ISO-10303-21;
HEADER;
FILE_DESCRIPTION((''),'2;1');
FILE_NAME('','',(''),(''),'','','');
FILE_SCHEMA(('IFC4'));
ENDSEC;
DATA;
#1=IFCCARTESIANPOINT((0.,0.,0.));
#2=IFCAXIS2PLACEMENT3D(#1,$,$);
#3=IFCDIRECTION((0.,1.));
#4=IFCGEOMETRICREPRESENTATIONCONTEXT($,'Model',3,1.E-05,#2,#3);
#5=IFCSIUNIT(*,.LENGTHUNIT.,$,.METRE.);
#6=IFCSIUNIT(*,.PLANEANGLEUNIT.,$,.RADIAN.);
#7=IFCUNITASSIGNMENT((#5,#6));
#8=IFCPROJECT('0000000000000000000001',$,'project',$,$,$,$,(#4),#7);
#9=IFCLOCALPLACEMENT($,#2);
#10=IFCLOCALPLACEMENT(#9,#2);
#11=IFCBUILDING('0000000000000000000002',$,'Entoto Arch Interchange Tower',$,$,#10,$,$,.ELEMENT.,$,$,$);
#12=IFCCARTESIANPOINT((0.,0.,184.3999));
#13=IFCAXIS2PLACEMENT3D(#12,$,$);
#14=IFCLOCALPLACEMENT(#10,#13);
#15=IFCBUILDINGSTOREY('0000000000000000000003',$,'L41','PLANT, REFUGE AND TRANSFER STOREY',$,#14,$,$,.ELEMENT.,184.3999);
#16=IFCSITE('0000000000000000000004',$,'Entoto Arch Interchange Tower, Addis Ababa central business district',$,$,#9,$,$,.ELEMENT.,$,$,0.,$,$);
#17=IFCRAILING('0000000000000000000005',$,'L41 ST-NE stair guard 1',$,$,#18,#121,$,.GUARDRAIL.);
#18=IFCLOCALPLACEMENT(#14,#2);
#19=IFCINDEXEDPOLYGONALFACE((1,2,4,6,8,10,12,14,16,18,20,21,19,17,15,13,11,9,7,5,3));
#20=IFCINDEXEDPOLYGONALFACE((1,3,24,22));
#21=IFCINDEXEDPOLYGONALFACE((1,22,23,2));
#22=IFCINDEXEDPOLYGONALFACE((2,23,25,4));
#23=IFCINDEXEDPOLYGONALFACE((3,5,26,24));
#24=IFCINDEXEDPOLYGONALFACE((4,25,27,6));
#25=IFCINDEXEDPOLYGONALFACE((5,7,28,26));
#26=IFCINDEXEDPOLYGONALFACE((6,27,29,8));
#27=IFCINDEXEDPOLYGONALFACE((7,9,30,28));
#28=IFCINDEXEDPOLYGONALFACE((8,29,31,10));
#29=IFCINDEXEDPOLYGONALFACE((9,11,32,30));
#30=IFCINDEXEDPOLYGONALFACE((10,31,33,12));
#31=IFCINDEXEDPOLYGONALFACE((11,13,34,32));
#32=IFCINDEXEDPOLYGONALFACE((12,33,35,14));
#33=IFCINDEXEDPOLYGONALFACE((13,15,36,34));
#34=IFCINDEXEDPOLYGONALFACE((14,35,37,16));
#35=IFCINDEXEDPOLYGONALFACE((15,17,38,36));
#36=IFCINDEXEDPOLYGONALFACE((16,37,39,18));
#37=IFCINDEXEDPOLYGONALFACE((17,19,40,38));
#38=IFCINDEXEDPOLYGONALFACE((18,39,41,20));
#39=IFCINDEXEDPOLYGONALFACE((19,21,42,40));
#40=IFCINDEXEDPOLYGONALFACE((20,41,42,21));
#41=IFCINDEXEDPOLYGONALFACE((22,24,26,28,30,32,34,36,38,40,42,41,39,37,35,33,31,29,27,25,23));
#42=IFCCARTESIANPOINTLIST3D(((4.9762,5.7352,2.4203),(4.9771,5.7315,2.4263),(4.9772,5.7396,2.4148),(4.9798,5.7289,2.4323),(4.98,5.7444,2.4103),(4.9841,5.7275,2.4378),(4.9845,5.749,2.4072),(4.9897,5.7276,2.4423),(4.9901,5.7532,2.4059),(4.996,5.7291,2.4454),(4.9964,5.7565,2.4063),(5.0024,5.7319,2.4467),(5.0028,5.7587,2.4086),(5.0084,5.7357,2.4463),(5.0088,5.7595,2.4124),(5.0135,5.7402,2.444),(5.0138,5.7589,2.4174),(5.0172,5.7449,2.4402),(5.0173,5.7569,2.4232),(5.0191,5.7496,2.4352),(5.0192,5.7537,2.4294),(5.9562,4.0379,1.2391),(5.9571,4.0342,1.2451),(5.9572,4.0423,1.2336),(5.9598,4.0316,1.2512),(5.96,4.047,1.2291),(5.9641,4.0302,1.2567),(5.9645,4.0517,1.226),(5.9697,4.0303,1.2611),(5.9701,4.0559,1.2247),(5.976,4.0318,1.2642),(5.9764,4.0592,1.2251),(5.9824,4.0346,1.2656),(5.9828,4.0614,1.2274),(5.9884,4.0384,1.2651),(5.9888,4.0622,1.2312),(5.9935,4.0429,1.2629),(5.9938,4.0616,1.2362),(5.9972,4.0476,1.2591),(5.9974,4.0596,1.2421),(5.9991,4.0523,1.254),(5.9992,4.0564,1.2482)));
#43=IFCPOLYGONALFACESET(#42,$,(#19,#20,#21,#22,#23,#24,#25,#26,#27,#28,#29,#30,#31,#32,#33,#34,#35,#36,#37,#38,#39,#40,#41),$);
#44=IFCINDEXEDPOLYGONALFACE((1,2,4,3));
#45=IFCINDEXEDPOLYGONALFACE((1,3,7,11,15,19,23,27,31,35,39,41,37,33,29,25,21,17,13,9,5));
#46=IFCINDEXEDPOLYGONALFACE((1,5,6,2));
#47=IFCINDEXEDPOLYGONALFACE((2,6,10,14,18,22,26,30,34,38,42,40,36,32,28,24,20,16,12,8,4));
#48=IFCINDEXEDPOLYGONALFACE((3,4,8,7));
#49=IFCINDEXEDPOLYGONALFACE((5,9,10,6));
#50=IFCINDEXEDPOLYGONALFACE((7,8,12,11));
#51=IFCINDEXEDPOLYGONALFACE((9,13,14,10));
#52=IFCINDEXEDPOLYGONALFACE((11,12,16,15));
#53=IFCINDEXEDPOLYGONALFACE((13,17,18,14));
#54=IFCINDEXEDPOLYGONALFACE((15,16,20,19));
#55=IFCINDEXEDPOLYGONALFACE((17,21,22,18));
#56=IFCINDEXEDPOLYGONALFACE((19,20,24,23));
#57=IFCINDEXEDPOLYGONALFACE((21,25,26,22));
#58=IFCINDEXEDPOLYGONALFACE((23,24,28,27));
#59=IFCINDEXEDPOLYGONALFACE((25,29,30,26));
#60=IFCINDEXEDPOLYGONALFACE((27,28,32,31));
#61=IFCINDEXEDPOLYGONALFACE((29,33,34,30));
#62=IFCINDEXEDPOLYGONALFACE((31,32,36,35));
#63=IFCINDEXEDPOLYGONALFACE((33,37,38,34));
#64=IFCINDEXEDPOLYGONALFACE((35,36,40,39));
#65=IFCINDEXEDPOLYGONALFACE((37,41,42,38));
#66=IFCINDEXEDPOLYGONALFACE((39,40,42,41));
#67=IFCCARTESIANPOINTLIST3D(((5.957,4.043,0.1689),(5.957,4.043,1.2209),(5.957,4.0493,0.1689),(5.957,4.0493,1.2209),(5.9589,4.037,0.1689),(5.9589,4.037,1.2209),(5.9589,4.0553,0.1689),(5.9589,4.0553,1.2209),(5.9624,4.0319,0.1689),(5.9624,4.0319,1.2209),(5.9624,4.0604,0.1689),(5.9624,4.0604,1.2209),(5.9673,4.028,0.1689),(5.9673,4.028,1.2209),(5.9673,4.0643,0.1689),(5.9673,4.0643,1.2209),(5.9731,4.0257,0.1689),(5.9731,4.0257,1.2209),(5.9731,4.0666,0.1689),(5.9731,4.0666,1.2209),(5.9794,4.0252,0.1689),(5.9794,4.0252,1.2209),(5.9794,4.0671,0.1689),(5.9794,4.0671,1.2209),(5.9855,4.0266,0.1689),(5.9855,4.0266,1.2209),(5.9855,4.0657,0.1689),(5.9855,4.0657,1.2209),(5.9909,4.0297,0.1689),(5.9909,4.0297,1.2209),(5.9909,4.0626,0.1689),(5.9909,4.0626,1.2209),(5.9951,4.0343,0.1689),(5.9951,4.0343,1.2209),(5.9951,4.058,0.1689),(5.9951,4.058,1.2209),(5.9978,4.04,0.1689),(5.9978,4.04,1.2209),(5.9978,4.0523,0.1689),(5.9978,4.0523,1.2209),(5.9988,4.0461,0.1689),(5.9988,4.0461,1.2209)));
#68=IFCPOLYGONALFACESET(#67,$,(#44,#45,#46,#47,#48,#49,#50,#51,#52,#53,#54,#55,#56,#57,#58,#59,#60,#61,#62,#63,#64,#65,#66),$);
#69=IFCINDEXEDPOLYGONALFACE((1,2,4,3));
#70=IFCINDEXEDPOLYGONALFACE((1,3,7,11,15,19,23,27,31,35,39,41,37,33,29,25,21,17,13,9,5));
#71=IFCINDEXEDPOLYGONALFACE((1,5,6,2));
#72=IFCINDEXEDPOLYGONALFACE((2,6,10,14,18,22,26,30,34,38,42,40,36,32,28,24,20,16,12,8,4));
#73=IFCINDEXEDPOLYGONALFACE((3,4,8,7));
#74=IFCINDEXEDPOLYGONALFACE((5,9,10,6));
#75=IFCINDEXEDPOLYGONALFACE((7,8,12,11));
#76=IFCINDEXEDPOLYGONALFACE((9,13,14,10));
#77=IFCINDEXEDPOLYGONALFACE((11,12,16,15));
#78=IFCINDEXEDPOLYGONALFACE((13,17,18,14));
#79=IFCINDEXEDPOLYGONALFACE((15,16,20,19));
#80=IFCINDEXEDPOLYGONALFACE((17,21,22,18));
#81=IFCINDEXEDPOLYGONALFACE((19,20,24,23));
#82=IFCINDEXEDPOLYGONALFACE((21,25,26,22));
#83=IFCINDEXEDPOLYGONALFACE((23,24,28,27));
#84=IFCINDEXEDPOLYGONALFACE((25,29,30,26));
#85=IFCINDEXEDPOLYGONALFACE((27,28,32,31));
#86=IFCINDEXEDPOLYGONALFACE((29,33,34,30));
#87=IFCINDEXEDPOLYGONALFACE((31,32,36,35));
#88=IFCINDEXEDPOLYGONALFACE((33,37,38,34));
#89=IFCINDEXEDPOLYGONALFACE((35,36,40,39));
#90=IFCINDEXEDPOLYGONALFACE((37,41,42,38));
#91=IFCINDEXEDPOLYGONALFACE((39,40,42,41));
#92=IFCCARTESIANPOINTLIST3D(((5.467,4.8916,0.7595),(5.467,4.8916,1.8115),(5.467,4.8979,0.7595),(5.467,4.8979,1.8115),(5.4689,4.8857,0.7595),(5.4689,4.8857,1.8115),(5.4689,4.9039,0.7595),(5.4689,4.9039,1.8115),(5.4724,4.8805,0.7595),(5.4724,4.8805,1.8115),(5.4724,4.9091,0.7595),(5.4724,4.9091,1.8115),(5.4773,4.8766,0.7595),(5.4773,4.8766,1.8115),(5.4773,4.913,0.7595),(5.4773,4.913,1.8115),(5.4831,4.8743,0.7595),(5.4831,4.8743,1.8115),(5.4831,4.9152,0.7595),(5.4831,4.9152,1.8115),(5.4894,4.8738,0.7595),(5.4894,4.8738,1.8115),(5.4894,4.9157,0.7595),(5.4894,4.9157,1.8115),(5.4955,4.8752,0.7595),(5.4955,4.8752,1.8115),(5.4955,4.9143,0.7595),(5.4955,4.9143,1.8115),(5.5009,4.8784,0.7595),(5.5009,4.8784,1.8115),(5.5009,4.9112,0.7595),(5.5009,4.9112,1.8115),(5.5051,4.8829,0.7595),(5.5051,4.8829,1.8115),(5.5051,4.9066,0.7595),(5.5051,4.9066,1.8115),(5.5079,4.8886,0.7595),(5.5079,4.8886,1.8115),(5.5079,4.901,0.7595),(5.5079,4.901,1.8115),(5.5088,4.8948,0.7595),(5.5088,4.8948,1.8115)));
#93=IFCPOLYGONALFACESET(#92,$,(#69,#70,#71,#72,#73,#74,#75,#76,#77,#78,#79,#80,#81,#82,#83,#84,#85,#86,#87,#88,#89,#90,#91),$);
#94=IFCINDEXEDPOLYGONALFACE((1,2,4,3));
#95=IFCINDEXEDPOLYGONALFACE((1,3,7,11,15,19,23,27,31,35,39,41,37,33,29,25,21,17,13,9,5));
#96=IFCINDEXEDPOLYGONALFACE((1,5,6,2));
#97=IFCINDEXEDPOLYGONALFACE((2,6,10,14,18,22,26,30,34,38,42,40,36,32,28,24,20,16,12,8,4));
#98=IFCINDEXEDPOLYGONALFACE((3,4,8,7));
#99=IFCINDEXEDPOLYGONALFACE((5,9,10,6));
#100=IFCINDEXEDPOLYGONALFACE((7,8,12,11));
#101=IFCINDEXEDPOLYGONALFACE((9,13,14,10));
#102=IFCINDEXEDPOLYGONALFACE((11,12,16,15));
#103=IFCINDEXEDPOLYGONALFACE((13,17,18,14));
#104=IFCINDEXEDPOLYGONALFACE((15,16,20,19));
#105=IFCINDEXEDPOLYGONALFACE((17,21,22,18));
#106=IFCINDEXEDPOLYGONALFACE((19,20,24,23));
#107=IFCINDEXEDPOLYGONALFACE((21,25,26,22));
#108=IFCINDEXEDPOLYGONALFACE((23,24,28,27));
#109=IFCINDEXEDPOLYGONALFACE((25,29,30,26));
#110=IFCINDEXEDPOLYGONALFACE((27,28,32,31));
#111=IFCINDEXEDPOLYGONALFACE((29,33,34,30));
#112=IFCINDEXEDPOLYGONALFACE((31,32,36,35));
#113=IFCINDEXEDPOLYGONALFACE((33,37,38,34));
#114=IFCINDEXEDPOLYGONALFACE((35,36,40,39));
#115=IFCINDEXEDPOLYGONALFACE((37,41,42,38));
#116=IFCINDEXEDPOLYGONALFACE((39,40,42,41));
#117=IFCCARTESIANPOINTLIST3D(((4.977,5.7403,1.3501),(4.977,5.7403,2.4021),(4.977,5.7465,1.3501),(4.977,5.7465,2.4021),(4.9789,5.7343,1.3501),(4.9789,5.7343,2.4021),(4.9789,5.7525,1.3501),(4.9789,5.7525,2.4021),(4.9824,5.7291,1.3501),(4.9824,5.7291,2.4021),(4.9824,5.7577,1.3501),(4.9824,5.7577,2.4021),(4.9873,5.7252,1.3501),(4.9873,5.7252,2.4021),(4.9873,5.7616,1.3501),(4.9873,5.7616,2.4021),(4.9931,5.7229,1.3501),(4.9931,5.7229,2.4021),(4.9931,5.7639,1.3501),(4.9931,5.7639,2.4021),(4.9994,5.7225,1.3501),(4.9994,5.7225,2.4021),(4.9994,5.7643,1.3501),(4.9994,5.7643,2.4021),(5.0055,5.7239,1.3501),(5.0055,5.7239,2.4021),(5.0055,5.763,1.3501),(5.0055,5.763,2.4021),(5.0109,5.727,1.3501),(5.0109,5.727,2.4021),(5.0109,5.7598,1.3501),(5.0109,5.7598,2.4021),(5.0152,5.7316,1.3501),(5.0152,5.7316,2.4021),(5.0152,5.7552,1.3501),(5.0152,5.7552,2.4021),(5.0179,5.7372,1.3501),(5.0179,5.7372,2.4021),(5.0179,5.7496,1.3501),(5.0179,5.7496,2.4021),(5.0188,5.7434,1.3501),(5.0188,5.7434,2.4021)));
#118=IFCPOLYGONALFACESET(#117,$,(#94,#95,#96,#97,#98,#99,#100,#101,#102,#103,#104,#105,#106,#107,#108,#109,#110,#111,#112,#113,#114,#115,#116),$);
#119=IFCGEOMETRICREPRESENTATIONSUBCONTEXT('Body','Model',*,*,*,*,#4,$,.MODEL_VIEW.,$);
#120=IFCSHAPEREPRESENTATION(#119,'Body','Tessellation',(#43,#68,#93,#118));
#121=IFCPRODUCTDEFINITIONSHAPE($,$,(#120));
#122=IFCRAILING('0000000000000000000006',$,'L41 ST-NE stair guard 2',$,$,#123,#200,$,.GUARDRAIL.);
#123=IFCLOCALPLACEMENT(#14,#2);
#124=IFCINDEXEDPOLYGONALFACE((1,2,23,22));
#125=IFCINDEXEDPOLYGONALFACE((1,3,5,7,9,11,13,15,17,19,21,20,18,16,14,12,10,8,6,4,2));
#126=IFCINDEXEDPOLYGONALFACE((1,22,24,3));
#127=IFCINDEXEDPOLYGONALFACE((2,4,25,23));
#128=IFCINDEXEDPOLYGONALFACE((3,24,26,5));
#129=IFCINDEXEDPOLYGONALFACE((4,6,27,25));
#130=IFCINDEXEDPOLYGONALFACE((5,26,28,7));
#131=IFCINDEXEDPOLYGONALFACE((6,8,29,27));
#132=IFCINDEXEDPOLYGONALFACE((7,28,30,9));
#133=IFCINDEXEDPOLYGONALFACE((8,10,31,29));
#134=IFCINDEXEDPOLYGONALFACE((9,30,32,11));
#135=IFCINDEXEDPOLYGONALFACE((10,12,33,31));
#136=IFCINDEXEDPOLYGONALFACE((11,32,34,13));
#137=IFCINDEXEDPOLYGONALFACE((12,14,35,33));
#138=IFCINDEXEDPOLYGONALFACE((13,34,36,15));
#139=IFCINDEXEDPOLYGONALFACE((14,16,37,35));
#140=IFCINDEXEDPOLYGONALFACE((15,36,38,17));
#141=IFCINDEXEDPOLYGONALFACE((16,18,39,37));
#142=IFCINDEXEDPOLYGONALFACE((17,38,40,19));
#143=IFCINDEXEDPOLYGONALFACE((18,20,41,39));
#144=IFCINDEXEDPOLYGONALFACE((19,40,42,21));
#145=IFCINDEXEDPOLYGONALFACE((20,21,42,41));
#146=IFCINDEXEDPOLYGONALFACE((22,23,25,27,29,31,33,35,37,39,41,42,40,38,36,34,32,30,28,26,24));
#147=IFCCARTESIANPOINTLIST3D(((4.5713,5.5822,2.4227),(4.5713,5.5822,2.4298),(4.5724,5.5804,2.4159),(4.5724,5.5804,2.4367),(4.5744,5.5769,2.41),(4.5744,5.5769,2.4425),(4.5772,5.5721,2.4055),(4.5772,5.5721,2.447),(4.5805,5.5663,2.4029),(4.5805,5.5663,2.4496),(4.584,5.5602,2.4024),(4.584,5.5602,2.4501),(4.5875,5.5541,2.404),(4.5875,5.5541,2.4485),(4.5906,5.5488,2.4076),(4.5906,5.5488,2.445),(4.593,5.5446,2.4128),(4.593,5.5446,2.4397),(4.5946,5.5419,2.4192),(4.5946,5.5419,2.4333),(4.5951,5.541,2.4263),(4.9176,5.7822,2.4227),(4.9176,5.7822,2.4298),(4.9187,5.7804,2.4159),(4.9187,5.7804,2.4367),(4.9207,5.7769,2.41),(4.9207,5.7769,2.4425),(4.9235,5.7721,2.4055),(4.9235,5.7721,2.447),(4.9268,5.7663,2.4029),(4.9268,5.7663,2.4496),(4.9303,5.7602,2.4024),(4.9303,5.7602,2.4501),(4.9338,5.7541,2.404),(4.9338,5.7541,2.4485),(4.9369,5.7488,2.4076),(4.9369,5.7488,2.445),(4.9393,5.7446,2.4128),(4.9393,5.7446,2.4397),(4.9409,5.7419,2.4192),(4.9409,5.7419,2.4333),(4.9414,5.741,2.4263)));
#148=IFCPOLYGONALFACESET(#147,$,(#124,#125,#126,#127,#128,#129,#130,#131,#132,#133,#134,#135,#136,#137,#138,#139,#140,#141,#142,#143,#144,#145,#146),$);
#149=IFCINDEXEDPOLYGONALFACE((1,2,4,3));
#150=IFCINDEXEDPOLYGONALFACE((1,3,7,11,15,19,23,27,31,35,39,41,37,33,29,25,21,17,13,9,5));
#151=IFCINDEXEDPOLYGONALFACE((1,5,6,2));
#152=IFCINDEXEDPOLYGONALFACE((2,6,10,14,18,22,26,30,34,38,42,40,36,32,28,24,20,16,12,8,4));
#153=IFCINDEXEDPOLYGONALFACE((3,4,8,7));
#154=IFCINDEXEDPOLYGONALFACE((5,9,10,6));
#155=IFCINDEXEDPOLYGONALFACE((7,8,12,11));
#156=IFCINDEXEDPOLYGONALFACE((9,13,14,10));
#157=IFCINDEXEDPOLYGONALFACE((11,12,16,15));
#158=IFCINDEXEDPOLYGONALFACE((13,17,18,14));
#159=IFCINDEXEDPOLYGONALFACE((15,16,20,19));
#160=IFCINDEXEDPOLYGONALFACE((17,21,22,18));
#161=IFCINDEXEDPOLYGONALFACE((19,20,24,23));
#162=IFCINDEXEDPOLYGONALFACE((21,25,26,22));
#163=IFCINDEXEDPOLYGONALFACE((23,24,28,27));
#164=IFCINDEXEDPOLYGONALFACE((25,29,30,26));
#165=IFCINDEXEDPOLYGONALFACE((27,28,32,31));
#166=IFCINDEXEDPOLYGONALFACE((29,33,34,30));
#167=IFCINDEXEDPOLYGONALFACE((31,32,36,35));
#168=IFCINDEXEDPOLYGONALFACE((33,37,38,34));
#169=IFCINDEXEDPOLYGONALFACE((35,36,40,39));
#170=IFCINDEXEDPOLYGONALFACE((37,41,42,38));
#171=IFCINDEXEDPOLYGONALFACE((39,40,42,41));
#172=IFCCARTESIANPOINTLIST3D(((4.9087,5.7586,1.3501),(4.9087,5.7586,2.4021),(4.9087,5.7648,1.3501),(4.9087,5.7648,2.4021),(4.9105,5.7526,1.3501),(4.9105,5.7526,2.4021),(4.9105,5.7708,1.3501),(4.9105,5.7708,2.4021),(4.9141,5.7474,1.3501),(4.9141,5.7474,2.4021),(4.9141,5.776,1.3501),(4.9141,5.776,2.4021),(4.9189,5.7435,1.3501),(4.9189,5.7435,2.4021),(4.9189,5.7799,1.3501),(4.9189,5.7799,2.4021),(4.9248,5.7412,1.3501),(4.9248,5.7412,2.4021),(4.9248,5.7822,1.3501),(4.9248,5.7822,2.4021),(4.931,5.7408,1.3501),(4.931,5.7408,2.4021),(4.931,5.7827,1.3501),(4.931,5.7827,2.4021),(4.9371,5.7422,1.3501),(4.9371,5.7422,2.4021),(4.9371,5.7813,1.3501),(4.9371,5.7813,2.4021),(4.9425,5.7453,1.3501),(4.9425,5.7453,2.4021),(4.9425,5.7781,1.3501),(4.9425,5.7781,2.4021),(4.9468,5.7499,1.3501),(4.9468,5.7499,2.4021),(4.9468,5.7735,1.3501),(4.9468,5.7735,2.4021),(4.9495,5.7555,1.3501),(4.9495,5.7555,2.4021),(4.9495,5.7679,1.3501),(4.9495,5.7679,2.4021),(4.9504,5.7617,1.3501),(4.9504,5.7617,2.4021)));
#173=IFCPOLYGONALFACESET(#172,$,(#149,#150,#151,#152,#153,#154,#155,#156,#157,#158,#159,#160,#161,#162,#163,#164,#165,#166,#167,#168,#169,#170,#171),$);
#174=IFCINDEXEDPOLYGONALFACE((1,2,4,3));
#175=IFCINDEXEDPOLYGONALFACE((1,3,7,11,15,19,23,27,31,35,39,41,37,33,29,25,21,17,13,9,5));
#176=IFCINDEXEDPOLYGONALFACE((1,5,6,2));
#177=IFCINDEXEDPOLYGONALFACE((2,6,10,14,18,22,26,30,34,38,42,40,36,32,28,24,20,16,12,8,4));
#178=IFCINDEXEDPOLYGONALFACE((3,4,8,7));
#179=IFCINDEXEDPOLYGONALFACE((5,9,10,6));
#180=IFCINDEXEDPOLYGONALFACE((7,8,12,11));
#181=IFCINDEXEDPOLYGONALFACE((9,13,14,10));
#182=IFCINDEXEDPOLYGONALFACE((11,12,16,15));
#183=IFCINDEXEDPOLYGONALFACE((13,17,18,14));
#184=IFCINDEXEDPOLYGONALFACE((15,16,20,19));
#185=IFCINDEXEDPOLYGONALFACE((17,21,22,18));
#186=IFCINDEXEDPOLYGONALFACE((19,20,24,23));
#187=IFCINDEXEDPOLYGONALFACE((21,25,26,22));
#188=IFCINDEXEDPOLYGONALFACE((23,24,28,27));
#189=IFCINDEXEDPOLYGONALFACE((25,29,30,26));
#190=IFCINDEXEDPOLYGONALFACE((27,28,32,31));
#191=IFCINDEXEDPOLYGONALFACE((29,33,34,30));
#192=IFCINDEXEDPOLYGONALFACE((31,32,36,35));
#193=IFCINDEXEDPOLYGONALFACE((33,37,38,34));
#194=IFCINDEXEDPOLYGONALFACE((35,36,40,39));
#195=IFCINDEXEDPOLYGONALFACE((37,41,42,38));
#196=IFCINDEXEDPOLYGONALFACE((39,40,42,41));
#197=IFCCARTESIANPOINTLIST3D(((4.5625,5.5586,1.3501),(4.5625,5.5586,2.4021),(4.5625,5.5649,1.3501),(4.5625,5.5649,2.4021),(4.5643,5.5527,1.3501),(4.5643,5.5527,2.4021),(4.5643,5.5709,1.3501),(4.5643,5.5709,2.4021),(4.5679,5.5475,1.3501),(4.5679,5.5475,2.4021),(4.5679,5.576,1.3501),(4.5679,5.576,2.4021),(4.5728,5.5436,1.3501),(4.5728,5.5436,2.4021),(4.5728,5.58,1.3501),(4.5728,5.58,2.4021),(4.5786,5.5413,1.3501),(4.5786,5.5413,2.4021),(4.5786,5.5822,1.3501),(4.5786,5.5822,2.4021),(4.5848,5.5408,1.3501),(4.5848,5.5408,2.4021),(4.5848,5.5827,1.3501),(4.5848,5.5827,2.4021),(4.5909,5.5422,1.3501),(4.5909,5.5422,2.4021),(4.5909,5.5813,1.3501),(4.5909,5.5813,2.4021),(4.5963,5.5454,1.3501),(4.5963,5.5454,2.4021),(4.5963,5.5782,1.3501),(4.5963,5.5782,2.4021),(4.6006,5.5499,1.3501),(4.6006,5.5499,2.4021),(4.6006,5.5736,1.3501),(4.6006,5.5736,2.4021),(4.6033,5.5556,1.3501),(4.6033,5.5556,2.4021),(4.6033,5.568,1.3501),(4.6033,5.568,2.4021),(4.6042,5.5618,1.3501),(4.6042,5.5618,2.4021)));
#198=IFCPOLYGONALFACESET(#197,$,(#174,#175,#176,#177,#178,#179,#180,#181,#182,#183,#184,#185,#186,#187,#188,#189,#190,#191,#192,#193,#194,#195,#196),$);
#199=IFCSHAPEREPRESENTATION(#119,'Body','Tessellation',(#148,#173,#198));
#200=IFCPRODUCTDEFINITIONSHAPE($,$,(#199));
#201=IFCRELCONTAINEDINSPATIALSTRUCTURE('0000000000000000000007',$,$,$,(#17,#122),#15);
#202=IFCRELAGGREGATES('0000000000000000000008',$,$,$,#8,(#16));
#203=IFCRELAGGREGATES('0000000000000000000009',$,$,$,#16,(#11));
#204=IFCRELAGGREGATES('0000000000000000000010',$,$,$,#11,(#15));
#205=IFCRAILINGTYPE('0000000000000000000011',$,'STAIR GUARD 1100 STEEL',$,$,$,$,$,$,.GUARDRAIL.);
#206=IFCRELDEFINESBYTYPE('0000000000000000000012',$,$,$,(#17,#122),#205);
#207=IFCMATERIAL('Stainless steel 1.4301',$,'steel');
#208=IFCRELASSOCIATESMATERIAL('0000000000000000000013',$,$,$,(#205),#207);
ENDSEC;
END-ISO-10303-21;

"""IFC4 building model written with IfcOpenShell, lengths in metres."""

from ifc_helpers import new_model, si_unit, direction, frame, origin, origin_2d, place, context, subcontext, project, spatial, circle, extrude, material, type_object, element, save


model = new_model("IFC4")

# Units and contexts
model_context = context("Model", 3, precision=1e-05, world=origin(), true_north=direction((0.0, 1.0)))
body_context = subcontext(model_context, "Body", "Model", "MODEL_VIEW")
ifc_project = project(units=[si_unit("LENGTHUNIT", "METRE"), si_unit("PLANEANGLEUNIT", "RADIAN")], contexts=[model_context])

# Site, building, storey
site_placement = place(None, origin())
site = spatial("IfcSite", under=ifc_project, at=site_placement, Name="Entoto Arch Interchange Tower, Addis Ababa central business district", CompositionType="ELEMENT", RefElevation=0.0)
building_placement = place(site_placement, origin())
building = spatial("IfcBuilding", under=site, at=building_placement, Name="Entoto Arch Interchange Tower", CompositionType="ELEMENT")
storey_placement = place(building_placement, frame((0.0, 0.0, 184.3999)))
storey = spatial("IfcBuildingStorey", under=building, at=storey_placement, Name="L41", Description="PLANT, REFUGE AND TRANSFER STOREY", CompositionType="ELEMENT", Elevation=184.3999)

# Railings
ifc_material_1 = material(Name="Stainless steel 1.4301", Category="steel")
railing_type_1 = type_object("IfcRailingType", Name="STAIR GUARD 1100 STEEL", PredefinedType="GUARDRAIL", material=ifc_material_1)
railing_1_placement = place(storey_placement, frame((5.9778, 4.0461, 0.1689)))
element("IfcRailing", 1, at=railing_1_placement, inside=storey, type_object=railing_type_1, Name="L41 ST-NE stair guard 1", PredefinedType="GUARDRAIL", context=body_context, shape_type="SweptSolid", body=[
    extrude(circle(Radius=0.0239, at=origin_2d()), frame((0.0, 0.0, 1.0762), z_axis=(-0.428262, 0.741723, 0.516176), x_axis=(-0.866011, -0.500024, 0.0)), (0.0, 0.0, 1.0), 2.2883),
    extrude(circle(Radius=0.021, at=origin_2d()), origin(), (0.0, 0.0, 1.0), 1.052),
    extrude(circle(Radius=0.021, at=origin_2d()), frame((-0.49, 0.8486, 0.5906)), (0.0, 0.0, 1.0), 1.052),
    extrude(circle(Radius=0.021, at=origin_2d()), frame((-0.98, 1.6973, 1.1812)), (0.0, 0.0, 1.0), 1.052),
])
railing_2_placement = place(storey_placement, frame((4.9294, 5.7617, 1.3501)))
element("IfcRailing", 2, at=railing_2_placement, inside=storey, type_object=railing_type_1, Name="L41 ST-NE stair guard 2", PredefinedType="GUARDRAIL", context=body_context, shape_type="SweptSolid", body=[
    extrude(circle(Radius=0.0239, at=origin_2d()), frame((0.0, 0.0, 1.0762), z_axis=(-0.865941, -0.500145, 0.0), x_axis=(0.500145, -0.865941, 0.0)), (0.0, 0.0, 1.0), 0.3999),
    extrude(circle(Radius=0.021, at=origin_2d()), origin(), (0.0, 0.0, 1.0), 1.052),
    extrude(circle(Radius=0.021, at=origin_2d()), frame((-0.3462, -0.2, 0.0)), (0.0, 0.0, 1.0), 1.052),
])

save(model, "model.ifc")
